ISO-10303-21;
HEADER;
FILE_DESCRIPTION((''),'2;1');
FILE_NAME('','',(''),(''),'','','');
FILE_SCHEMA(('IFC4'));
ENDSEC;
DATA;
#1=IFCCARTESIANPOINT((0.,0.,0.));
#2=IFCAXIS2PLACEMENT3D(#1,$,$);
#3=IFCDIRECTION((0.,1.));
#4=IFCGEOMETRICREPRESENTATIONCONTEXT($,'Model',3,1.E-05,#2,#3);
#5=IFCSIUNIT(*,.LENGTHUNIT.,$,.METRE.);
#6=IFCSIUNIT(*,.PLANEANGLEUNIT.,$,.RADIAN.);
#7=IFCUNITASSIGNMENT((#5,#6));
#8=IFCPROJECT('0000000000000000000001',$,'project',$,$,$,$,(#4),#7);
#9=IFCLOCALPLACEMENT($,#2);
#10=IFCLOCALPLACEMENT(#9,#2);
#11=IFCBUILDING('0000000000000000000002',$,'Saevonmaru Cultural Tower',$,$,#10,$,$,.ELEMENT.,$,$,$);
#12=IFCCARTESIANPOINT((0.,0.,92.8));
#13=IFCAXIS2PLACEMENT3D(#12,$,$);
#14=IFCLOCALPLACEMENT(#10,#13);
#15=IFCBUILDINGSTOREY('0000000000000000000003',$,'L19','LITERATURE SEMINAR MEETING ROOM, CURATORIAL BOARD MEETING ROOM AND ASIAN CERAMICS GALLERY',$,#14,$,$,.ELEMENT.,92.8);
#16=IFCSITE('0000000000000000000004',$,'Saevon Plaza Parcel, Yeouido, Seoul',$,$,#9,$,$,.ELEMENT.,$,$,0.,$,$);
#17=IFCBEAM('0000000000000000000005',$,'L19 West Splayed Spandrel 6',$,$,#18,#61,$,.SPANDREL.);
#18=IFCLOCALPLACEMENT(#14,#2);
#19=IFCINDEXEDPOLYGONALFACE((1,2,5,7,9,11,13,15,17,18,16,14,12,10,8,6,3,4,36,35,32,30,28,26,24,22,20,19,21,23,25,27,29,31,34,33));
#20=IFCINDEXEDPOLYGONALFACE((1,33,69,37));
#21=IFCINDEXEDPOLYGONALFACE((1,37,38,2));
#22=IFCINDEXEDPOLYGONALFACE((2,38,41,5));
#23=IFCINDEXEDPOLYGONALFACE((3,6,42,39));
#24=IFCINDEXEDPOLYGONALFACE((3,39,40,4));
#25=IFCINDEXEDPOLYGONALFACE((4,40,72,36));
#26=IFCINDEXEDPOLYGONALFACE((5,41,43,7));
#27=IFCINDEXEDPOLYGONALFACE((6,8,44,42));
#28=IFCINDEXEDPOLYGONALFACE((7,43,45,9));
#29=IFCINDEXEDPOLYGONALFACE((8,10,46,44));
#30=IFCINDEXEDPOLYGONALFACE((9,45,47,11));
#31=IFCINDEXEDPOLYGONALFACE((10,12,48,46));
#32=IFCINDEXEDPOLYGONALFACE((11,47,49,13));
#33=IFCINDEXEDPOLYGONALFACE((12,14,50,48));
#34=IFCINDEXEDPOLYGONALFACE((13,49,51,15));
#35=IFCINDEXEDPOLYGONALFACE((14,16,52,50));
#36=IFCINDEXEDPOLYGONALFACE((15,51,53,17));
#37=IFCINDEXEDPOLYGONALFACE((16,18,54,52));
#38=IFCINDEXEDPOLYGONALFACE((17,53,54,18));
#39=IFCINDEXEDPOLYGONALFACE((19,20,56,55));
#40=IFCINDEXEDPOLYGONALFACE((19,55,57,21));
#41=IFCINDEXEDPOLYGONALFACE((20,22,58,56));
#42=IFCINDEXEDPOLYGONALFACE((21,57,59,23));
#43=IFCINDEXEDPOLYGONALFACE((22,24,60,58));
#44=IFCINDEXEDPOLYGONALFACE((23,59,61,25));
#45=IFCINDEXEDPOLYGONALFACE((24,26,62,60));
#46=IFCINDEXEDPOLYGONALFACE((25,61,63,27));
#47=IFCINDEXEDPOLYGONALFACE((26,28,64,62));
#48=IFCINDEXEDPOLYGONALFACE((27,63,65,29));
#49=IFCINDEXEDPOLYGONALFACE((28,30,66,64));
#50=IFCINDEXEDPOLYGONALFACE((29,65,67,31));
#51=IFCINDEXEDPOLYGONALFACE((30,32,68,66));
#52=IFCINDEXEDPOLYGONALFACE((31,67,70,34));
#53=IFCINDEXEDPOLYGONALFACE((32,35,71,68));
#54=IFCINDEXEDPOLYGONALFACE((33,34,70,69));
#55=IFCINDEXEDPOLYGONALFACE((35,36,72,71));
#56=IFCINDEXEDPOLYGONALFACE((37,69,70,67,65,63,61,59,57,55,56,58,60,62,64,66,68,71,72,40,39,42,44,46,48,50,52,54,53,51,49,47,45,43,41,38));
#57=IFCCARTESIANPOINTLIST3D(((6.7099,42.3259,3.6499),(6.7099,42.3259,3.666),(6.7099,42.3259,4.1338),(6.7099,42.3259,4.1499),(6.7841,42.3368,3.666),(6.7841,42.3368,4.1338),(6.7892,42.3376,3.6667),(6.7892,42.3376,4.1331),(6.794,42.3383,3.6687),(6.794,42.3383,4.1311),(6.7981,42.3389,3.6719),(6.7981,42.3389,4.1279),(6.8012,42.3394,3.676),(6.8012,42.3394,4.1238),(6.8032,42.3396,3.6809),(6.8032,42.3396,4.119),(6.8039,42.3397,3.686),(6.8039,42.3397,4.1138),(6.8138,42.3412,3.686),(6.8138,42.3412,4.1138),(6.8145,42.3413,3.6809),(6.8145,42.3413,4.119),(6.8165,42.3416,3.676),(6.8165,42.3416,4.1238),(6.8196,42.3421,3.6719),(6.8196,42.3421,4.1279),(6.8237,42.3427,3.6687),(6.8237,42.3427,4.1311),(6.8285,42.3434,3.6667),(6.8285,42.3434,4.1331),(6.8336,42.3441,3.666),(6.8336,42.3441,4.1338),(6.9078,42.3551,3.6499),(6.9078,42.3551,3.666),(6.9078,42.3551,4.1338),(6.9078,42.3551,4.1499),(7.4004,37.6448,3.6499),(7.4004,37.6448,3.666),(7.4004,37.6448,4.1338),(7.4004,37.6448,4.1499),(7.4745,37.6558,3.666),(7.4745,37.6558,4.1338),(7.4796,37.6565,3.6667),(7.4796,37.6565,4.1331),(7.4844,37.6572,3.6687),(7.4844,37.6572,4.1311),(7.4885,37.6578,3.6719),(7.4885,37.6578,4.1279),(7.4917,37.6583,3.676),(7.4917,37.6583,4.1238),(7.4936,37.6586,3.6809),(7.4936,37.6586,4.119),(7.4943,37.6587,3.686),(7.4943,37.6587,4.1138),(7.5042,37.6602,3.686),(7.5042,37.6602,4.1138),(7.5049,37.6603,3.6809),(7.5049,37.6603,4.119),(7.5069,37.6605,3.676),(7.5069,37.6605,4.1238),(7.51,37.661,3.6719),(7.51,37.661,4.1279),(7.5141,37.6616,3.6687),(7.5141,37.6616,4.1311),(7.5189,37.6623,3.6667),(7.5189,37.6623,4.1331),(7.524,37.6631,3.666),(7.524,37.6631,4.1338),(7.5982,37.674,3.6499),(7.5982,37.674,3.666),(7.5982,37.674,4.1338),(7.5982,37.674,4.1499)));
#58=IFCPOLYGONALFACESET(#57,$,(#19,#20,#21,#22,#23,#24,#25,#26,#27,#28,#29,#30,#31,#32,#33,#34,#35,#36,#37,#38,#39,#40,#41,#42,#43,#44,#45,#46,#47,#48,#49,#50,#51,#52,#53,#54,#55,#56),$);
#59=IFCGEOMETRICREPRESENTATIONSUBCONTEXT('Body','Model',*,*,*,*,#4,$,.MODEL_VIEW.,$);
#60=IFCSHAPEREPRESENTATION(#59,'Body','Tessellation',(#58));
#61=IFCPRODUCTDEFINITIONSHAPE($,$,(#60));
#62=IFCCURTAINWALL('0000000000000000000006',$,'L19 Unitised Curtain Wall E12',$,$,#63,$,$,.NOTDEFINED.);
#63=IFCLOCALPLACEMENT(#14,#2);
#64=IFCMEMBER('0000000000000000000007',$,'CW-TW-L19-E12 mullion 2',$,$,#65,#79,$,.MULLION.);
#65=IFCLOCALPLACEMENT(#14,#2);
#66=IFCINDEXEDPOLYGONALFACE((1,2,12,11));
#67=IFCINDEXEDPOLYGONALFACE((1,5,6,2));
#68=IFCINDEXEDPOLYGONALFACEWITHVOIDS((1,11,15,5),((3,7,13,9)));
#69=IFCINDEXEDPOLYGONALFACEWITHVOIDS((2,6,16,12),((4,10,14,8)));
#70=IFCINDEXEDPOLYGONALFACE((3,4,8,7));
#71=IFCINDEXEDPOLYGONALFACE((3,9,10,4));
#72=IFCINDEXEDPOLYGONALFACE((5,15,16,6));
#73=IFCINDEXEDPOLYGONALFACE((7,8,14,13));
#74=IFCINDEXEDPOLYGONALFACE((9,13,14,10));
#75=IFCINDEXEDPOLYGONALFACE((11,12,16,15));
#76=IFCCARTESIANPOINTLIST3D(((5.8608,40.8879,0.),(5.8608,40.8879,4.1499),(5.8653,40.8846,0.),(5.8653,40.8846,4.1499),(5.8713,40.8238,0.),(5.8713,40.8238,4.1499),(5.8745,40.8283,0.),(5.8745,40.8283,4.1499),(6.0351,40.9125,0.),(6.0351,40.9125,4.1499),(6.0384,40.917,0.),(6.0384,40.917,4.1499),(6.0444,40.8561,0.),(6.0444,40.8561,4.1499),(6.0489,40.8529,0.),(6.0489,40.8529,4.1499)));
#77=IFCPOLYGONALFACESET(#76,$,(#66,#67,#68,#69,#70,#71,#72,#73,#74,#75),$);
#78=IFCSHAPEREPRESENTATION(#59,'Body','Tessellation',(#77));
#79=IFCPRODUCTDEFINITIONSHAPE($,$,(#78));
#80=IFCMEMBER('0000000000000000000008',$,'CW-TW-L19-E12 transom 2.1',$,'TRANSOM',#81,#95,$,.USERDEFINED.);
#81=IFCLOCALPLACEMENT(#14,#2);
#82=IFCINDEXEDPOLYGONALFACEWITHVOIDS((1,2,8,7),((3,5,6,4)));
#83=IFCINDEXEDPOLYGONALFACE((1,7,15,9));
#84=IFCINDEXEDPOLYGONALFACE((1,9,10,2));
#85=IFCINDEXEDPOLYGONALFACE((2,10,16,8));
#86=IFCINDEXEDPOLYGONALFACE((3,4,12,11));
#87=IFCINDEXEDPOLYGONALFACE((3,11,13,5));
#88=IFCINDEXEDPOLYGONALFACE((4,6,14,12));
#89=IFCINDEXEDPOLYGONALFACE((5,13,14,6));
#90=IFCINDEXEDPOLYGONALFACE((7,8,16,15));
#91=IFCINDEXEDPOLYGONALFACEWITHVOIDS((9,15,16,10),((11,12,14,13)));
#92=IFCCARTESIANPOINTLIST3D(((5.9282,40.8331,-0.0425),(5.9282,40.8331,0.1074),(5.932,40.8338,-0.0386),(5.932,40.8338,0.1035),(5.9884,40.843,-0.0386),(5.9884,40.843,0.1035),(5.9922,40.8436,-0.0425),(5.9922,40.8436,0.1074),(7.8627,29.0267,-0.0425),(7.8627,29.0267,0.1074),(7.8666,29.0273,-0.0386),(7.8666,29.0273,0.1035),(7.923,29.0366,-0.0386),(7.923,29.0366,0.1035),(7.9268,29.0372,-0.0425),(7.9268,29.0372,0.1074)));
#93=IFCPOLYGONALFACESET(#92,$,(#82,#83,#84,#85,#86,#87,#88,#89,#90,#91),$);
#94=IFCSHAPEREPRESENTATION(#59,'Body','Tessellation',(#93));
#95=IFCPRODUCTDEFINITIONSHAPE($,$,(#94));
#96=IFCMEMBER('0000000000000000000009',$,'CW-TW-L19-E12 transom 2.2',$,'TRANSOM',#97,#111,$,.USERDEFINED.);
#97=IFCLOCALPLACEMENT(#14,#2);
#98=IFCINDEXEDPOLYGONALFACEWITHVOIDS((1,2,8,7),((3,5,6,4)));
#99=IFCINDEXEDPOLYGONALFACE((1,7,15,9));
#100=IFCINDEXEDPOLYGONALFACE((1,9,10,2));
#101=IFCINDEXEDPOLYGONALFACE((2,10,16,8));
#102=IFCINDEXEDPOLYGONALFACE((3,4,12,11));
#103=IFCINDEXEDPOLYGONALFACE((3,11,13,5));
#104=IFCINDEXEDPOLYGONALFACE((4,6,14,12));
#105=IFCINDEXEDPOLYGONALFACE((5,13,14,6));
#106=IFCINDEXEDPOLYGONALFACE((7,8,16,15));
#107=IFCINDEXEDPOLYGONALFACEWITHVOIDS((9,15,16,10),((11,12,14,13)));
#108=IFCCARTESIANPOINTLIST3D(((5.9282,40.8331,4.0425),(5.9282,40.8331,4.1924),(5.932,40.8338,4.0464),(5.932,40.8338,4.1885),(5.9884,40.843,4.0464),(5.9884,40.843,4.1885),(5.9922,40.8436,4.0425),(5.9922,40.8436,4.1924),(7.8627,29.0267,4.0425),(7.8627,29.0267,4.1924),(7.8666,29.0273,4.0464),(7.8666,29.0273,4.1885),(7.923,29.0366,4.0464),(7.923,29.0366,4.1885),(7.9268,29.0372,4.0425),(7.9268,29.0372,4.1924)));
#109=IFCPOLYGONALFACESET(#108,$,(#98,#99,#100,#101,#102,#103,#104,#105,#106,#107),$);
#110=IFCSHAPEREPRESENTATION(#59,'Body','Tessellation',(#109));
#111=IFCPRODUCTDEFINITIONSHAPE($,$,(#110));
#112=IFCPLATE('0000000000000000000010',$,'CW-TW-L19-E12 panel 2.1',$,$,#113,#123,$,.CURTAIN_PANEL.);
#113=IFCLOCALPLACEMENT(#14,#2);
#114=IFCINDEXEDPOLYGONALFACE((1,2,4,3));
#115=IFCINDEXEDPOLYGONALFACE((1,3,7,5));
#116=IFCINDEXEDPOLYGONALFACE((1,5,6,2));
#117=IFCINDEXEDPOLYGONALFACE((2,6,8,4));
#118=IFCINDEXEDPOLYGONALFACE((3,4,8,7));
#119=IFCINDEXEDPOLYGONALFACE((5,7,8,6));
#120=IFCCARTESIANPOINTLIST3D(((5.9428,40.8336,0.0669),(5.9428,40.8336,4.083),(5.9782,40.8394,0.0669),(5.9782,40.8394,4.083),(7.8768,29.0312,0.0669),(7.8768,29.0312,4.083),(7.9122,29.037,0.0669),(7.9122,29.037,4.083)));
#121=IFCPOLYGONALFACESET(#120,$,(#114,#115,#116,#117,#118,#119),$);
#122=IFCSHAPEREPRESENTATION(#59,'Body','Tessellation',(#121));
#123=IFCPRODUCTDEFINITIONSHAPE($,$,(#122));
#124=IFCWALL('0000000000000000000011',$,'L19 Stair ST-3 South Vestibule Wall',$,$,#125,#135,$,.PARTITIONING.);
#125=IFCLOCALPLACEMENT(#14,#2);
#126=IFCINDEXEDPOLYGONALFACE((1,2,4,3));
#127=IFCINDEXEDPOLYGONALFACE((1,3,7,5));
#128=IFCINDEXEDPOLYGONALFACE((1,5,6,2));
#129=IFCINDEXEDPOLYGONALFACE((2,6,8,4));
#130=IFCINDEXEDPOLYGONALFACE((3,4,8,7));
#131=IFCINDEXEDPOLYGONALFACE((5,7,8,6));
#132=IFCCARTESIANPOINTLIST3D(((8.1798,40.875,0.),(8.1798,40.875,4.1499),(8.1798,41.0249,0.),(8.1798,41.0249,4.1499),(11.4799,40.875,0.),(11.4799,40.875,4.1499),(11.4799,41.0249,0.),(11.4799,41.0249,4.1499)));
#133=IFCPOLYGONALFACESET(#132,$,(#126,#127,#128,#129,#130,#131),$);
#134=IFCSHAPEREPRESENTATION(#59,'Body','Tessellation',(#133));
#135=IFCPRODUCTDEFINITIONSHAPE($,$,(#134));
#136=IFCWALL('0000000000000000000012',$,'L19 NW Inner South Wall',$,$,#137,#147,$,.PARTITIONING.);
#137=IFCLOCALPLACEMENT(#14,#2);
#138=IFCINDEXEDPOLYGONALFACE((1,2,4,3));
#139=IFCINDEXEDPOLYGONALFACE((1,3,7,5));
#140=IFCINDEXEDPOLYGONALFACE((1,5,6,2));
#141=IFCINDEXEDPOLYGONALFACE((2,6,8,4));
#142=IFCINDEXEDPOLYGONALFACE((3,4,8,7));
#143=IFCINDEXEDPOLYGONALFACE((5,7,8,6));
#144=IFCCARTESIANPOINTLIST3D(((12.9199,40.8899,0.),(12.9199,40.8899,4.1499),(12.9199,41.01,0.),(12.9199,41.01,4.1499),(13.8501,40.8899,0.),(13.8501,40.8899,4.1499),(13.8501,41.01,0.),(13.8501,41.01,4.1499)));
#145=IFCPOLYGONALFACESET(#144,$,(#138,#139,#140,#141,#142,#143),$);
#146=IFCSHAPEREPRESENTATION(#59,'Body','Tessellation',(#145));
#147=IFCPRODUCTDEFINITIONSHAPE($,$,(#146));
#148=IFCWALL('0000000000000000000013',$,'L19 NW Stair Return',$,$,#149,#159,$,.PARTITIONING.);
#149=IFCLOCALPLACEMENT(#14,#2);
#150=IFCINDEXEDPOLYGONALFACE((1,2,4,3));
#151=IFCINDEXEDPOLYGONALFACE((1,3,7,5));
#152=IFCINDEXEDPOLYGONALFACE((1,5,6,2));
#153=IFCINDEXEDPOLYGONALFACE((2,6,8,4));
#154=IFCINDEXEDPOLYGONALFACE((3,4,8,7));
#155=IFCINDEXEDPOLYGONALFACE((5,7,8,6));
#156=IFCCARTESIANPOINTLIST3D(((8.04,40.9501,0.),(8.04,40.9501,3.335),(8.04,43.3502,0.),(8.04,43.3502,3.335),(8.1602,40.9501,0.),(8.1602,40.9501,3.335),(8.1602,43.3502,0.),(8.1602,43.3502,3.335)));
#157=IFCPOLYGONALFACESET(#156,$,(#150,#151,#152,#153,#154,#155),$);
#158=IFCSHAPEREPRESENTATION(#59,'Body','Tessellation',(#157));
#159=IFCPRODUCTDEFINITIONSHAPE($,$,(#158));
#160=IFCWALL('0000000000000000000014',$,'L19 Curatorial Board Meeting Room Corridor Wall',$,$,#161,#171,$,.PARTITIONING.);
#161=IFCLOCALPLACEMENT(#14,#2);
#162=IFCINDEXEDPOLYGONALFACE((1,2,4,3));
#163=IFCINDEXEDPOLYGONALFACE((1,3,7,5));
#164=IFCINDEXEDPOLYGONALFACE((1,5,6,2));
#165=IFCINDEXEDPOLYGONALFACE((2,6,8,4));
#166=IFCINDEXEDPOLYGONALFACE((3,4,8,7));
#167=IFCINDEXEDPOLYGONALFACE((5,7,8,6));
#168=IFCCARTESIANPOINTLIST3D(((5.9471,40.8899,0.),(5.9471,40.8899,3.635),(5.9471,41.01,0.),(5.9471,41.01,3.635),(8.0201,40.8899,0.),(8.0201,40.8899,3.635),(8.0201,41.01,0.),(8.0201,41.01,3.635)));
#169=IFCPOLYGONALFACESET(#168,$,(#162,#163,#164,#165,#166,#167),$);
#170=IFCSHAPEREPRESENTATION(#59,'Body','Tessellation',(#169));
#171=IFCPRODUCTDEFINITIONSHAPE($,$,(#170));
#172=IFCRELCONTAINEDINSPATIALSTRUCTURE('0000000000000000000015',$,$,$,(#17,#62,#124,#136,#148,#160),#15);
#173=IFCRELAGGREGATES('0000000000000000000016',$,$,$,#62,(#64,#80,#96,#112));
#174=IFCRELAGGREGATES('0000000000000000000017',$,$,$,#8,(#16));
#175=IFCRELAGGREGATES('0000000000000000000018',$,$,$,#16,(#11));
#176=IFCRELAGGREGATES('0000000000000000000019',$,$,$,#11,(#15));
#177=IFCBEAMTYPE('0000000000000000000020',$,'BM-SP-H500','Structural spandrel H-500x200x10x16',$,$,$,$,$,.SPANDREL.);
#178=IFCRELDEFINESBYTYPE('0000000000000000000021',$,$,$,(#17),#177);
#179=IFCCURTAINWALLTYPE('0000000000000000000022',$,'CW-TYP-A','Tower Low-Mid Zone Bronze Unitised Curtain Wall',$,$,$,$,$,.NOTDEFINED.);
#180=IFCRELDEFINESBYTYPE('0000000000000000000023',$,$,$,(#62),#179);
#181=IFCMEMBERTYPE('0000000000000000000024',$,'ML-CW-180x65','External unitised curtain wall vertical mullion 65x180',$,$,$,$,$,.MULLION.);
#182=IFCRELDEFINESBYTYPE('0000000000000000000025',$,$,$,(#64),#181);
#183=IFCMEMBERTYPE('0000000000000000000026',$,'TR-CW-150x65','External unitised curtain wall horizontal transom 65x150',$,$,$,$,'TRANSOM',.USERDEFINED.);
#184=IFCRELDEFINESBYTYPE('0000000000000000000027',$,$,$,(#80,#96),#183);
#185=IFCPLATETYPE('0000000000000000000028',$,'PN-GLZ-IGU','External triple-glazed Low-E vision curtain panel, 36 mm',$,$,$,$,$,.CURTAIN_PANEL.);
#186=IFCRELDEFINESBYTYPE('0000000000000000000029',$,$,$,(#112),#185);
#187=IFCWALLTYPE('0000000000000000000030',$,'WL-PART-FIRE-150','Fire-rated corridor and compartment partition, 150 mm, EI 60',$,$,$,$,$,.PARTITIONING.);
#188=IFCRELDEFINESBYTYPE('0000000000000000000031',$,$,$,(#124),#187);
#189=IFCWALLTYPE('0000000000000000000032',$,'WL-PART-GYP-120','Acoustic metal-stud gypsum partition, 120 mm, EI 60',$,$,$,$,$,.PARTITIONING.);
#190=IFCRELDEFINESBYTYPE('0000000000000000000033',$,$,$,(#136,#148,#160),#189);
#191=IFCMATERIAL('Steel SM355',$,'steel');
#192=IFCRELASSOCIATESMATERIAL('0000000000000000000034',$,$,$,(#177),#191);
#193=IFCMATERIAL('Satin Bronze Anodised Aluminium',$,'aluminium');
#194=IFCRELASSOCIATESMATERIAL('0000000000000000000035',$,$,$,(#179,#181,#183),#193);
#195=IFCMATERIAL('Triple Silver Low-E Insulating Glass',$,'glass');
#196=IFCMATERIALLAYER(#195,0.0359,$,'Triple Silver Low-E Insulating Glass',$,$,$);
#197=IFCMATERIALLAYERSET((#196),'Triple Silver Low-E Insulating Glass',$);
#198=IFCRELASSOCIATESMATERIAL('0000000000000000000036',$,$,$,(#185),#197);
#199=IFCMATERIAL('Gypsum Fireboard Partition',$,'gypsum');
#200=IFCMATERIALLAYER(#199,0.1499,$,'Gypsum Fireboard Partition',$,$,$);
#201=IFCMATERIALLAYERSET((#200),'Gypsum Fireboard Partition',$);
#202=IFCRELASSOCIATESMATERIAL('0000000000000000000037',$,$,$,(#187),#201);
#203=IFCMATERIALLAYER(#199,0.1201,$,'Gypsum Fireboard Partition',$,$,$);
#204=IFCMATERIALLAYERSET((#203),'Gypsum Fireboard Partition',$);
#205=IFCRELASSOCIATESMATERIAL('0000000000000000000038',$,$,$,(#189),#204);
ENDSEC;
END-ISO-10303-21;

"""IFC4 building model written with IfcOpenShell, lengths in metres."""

from ifc_helpers import new_model, si_unit, direction, frame, frame_2d, origin, origin_2d, place, context, subcontext, project, spatial, rectangle, hollow_rectangle, i_section, extrude, material, layer, layer_set, material_profile, profile_set, type_object, element, aggregate, save


model = new_model("IFC4")

# Units and contexts
model_context = context("Model", 3, precision=1e-05, world=origin(), true_north=direction((0.0, 1.0)))
body_context = subcontext(model_context, "Body", "Model", "MODEL_VIEW")
ifc_project = project(units=[si_unit("LENGTHUNIT", "METRE"), si_unit("PLANEANGLEUNIT", "RADIAN")], contexts=[model_context])

# Site, building, storey
site_placement = place(None, origin())
site = spatial("IfcSite", under=ifc_project, at=site_placement, Name="Saevon Plaza Parcel, Yeouido, Seoul", CompositionType="ELEMENT", RefElevation=0.0)
building_placement = place(site_placement, origin())
building = spatial("IfcBuilding", under=site, at=building_placement, Name="Saevonmaru Cultural Tower", CompositionType="ELEMENT")
storey_placement = place(building_placement, frame((0.0, 0.0, 92.8)))
storey = spatial("IfcBuildingStorey", under=building, at=storey_placement, Name="L19", Description="LITERATURE SEMINAR MEETING ROOM, CURATORIAL BOARD MEETING ROOM AND ASIAN CERAMICS GALLERY", CompositionType="ELEMENT", Elevation=92.8)

# Beam
ifc_material_1 = material(Name="Steel SM355", Category="steel")
ifc_material_profile_1 = material_profile(ifc_material_1, i_section(OverallWidth=0.2, OverallDepth=0.5, WebThickness=0.01, FlangeThickness=0.0161, FilletRadius=0.02, at=origin_2d()), Name="H-500x200x10x16")
ifc_profile_set_1 = profile_set([ifc_material_profile_1], Name="Steel SM355")
beam_type_1 = type_object("IfcBeamType", Name="BM-SP-H500", Description="Structural spandrel H-500x200x10x16", PredefinedType="SPANDREL", material=ifc_profile_set_1)
beam_1_placement = place(storey_placement, frame((7.4993, 37.6594, 3.8999), z_axis=(-0.145913, 0.989297, 0.0), x_axis=(-0.989297, -0.145913, 0.0)))
element("IfcBeam", 1, at=beam_1_placement, inside=storey, type_object=beam_type_1, Name="L19 West Splayed Spandrel 6", PredefinedType="SPANDREL", context=body_context, shape_type="SweptSolid", body=[
    extrude(i_section(OverallWidth=0.2, OverallDepth=0.5, WebThickness=0.01, FlangeThickness=0.0161, FilletRadius=0.02, at=origin_2d()), origin(), (0.0, 0.0, 1.0), 4.7317),
])

# Curtain wall, members, plate
ifc_material_2 = material(Name="Satin Bronze Anodised Aluminium", Category="aluminium")
curtain_wall_type = type_object("IfcCurtainWallType", Name="CW-TYP-A", Description="Tower Low-Mid Zone Bronze Unitised Curtain Wall", PredefinedType="NOTDEFINED", material=ifc_material_2)
curtain_wall_placement = place(storey_placement, origin())
curtain_wall = element("IfcCurtainWall", 2, at=curtain_wall_placement, inside=storey, type_object=curtain_wall_type, Name="L19 Unitised Curtain Wall E12", PredefinedType="NOTDEFINED")
ifc_material_profile_2 = material_profile(ifc_material_2, hollow_rectangle(XDim=0.0649, YDim=0.1799, WallThickness=0.0039, at=origin_2d()), Name="ALU-MULL-180x65x4")
ifc_profile_set_2 = profile_set([ifc_material_profile_2], Name="Satin Bronze Anodised Aluminium")
member_type_1 = type_object("IfcMemberType", Name="ML-CW-180x65", Description="External unitised curtain wall vertical mullion 65x180", PredefinedType="MULLION", material=ifc_profile_set_2)
member_1_placement = place(storey_placement, frame((5.9548, 40.8704, 0.0), z_axis=(0.0, 0.0, 1.0), x_axis=(0.161709, -0.986839, 0.0)))
member_1 = element("IfcMember", 3, at=member_1_placement, type_object=member_type_1, Name="CW-TW-L19-E12 mullion 2", PredefinedType="MULLION", context=body_context, shape_type="SweptSolid", body=[
    extrude(hollow_rectangle(XDim=0.0649, YDim=0.1799, WallThickness=0.0039, at=origin_2d()), origin(), (0.0, 0.0, 1.0), 4.1499),
])
ifc_material_profile_3 = material_profile(ifc_material_2, hollow_rectangle(XDim=0.0649, YDim=0.1499, WallThickness=0.0039, at=origin_2d()), Name="ALU-TRAN-150x65x4")
ifc_profile_set_3 = profile_set([ifc_material_profile_3], Name="Satin Bronze Anodised Aluminium")
member_type_2 = type_object("IfcMemberType", Name="TR-CW-150x65", Description="External unitised curtain wall horizontal transom 65x150", ElementType="TRANSOM", PredefinedType="USERDEFINED", material=ifc_profile_set_3)
member_2_placement = place(storey_placement, frame((5.9602, 40.8384, 0.0325), z_axis=(0.161701, -0.98684, 0.0), x_axis=(0.98684, 0.161701, 0.0)))
member_2 = element("IfcMember", 4, at=member_2_placement, type_object=member_type_2, Name="CW-TW-L19-E12 transom 2.1", ObjectType="TRANSOM", PredefinedType="USERDEFINED", context=body_context, shape_type="SweptSolid", body=[
    extrude(hollow_rectangle(XDim=0.0649, YDim=0.1499, WallThickness=0.0039, at=origin_2d()), origin(), (0.0, 0.0, 1.0), 11.9639),
])
member_3_placement = place(storey_placement, frame((5.9602, 40.8384, 4.1174), z_axis=(0.161701, -0.98684, 0.0), x_axis=(0.98684, 0.161701, 0.0)))
member_3 = element("IfcMember", 5, at=member_3_placement, type_object=member_type_2, Name="CW-TW-L19-E12 transom 2.2", ObjectType="TRANSOM", PredefinedType="USERDEFINED", context=body_context, shape_type="SweptSolid", body=[
    extrude(hollow_rectangle(XDim=0.0649, YDim=0.1499, WallThickness=0.0039, at=origin_2d()), origin(), (0.0, 0.0, 1.0), 11.9639),
])
ifc_material_3 = material(Name="Triple Silver Low-E Insulating Glass", Category="glass")
ifc_layer_1 = layer(ifc_material_3, 0.0359, Name="Triple Silver Low-E Insulating Glass")
ifc_layer_set_1 = layer_set([ifc_layer_1], Name="Triple Silver Low-E Insulating Glass")
plate_type = type_object("IfcPlateType", Name="PN-GLZ-IGU", Description="External triple-glazed Low-E vision curtain panel, 36 mm", PredefinedType="CURTAIN_PANEL", material=ifc_layer_set_1)
plate_placement = place(storey_placement, frame((6.9275, 34.9353, 0.0669), z_axis=(0.0, 0.0, 1.0), x_axis=(0.161709, -0.986839, 0.0)))
plate = element("IfcPlate", 6, at=plate_placement, type_object=plate_type, Name="CW-TW-L19-E12 panel 2.1", PredefinedType="CURTAIN_PANEL", context=body_context, shape_type="SweptSolid", body=[
    extrude(rectangle(XDim=11.9597, YDim=0.0359, at=origin_2d()), origin(), (0.0, 0.0, 1.0), 4.0161),
])
aggregate(curtain_wall, [member_1, member_2, member_3, plate])

# Walls
ifc_material_4 = material(Name="Gypsum Fireboard Partition", Category="gypsum")
ifc_layer_2 = layer(ifc_material_4, 0.1499, Name="Gypsum Fireboard Partition")
ifc_layer_set_2 = layer_set([ifc_layer_2], Name="Gypsum Fireboard Partition")
wall_type_1 = type_object("IfcWallType", Name="WL-PART-FIRE-150", Description="Fire-rated corridor and compartment partition, 150 mm, EI 60", PredefinedType="PARTITIONING", material=ifc_layer_set_2)
wall_1_placement = place(storey_placement, frame((8.1799, 40.95, 0.0), z_axis=(0.0, 0.0, 1.0), x_axis=(1.0, 0.0, 0.0)))
element("IfcWall", 7, at=wall_1_placement, inside=storey, type_object=wall_type_1, Name="L19 Stair ST-3 South Vestibule Wall", PredefinedType="PARTITIONING", context=body_context, shape_type="SweptSolid", body=[
    extrude(rectangle(XDim=3.3, YDim=0.1499, at=frame_2d((1.6499, 0.0))), origin(), (0.0, 0.0, 1.0), 4.1499),
])
ifc_layer_3 = layer(ifc_material_4, 0.1201, Name="Gypsum Fireboard Partition")
ifc_layer_set_3 = layer_set([ifc_layer_3], Name="Gypsum Fireboard Partition")
wall_type_2 = type_object("IfcWallType", Name="WL-PART-GYP-120", Description="Acoustic metal-stud gypsum partition, 120 mm, EI 60", PredefinedType="PARTITIONING", material=ifc_layer_set_3)
wall_2_placement = place(storey_placement, frame((12.9199, 40.95, 0.0), z_axis=(0.0, 0.0, 1.0), x_axis=(1.0, 0.0, 0.0)))
element("IfcWall", 8, at=wall_2_placement, inside=storey, type_object=wall_type_2, Name="L19 NW Inner South Wall", PredefinedType="PARTITIONING", context=body_context, shape_type="SweptSolid", body=[
    extrude(rectangle(XDim=0.9302, YDim=0.1201, at=frame_2d((0.4651, 0.0))), origin(), (0.0, 0.0, 1.0), 4.1499),
])
wall_3_placement = place(storey_placement, frame((8.1001, 40.95, 0.0), z_axis=(0.0, 0.0, 1.0), x_axis=(0.0, 1.0, 0.0)))
element("IfcWall", 9, at=wall_3_placement, inside=storey, type_object=wall_type_2, Name="L19 NW Stair Return", PredefinedType="PARTITIONING", context=body_context, shape_type="SweptSolid", body=[
    extrude(rectangle(XDim=2.4001, YDim=0.1201, at=frame_2d((1.2002, 0.0))), origin(), (0.0, 0.0, 1.0), 3.335),
])
wall_4_placement = place(storey_placement, frame((5.947, 40.95, 0.0), z_axis=(0.0, 0.0, 1.0), x_axis=(1.0, 0.0, 0.0)))
element("IfcWall", 10, at=wall_4_placement, inside=storey, type_object=wall_type_2, Name="L19 Curatorial Board Meeting Room Corridor Wall", PredefinedType="PARTITIONING", context=body_context, shape_type="SweptSolid", body=[
    extrude(rectangle(XDim=2.073, YDim=0.1201, at=frame_2d((1.0366, 0.0))), origin(), (0.0, 0.0, 1.0), 3.635),
])

save(model, "model.ifc")
